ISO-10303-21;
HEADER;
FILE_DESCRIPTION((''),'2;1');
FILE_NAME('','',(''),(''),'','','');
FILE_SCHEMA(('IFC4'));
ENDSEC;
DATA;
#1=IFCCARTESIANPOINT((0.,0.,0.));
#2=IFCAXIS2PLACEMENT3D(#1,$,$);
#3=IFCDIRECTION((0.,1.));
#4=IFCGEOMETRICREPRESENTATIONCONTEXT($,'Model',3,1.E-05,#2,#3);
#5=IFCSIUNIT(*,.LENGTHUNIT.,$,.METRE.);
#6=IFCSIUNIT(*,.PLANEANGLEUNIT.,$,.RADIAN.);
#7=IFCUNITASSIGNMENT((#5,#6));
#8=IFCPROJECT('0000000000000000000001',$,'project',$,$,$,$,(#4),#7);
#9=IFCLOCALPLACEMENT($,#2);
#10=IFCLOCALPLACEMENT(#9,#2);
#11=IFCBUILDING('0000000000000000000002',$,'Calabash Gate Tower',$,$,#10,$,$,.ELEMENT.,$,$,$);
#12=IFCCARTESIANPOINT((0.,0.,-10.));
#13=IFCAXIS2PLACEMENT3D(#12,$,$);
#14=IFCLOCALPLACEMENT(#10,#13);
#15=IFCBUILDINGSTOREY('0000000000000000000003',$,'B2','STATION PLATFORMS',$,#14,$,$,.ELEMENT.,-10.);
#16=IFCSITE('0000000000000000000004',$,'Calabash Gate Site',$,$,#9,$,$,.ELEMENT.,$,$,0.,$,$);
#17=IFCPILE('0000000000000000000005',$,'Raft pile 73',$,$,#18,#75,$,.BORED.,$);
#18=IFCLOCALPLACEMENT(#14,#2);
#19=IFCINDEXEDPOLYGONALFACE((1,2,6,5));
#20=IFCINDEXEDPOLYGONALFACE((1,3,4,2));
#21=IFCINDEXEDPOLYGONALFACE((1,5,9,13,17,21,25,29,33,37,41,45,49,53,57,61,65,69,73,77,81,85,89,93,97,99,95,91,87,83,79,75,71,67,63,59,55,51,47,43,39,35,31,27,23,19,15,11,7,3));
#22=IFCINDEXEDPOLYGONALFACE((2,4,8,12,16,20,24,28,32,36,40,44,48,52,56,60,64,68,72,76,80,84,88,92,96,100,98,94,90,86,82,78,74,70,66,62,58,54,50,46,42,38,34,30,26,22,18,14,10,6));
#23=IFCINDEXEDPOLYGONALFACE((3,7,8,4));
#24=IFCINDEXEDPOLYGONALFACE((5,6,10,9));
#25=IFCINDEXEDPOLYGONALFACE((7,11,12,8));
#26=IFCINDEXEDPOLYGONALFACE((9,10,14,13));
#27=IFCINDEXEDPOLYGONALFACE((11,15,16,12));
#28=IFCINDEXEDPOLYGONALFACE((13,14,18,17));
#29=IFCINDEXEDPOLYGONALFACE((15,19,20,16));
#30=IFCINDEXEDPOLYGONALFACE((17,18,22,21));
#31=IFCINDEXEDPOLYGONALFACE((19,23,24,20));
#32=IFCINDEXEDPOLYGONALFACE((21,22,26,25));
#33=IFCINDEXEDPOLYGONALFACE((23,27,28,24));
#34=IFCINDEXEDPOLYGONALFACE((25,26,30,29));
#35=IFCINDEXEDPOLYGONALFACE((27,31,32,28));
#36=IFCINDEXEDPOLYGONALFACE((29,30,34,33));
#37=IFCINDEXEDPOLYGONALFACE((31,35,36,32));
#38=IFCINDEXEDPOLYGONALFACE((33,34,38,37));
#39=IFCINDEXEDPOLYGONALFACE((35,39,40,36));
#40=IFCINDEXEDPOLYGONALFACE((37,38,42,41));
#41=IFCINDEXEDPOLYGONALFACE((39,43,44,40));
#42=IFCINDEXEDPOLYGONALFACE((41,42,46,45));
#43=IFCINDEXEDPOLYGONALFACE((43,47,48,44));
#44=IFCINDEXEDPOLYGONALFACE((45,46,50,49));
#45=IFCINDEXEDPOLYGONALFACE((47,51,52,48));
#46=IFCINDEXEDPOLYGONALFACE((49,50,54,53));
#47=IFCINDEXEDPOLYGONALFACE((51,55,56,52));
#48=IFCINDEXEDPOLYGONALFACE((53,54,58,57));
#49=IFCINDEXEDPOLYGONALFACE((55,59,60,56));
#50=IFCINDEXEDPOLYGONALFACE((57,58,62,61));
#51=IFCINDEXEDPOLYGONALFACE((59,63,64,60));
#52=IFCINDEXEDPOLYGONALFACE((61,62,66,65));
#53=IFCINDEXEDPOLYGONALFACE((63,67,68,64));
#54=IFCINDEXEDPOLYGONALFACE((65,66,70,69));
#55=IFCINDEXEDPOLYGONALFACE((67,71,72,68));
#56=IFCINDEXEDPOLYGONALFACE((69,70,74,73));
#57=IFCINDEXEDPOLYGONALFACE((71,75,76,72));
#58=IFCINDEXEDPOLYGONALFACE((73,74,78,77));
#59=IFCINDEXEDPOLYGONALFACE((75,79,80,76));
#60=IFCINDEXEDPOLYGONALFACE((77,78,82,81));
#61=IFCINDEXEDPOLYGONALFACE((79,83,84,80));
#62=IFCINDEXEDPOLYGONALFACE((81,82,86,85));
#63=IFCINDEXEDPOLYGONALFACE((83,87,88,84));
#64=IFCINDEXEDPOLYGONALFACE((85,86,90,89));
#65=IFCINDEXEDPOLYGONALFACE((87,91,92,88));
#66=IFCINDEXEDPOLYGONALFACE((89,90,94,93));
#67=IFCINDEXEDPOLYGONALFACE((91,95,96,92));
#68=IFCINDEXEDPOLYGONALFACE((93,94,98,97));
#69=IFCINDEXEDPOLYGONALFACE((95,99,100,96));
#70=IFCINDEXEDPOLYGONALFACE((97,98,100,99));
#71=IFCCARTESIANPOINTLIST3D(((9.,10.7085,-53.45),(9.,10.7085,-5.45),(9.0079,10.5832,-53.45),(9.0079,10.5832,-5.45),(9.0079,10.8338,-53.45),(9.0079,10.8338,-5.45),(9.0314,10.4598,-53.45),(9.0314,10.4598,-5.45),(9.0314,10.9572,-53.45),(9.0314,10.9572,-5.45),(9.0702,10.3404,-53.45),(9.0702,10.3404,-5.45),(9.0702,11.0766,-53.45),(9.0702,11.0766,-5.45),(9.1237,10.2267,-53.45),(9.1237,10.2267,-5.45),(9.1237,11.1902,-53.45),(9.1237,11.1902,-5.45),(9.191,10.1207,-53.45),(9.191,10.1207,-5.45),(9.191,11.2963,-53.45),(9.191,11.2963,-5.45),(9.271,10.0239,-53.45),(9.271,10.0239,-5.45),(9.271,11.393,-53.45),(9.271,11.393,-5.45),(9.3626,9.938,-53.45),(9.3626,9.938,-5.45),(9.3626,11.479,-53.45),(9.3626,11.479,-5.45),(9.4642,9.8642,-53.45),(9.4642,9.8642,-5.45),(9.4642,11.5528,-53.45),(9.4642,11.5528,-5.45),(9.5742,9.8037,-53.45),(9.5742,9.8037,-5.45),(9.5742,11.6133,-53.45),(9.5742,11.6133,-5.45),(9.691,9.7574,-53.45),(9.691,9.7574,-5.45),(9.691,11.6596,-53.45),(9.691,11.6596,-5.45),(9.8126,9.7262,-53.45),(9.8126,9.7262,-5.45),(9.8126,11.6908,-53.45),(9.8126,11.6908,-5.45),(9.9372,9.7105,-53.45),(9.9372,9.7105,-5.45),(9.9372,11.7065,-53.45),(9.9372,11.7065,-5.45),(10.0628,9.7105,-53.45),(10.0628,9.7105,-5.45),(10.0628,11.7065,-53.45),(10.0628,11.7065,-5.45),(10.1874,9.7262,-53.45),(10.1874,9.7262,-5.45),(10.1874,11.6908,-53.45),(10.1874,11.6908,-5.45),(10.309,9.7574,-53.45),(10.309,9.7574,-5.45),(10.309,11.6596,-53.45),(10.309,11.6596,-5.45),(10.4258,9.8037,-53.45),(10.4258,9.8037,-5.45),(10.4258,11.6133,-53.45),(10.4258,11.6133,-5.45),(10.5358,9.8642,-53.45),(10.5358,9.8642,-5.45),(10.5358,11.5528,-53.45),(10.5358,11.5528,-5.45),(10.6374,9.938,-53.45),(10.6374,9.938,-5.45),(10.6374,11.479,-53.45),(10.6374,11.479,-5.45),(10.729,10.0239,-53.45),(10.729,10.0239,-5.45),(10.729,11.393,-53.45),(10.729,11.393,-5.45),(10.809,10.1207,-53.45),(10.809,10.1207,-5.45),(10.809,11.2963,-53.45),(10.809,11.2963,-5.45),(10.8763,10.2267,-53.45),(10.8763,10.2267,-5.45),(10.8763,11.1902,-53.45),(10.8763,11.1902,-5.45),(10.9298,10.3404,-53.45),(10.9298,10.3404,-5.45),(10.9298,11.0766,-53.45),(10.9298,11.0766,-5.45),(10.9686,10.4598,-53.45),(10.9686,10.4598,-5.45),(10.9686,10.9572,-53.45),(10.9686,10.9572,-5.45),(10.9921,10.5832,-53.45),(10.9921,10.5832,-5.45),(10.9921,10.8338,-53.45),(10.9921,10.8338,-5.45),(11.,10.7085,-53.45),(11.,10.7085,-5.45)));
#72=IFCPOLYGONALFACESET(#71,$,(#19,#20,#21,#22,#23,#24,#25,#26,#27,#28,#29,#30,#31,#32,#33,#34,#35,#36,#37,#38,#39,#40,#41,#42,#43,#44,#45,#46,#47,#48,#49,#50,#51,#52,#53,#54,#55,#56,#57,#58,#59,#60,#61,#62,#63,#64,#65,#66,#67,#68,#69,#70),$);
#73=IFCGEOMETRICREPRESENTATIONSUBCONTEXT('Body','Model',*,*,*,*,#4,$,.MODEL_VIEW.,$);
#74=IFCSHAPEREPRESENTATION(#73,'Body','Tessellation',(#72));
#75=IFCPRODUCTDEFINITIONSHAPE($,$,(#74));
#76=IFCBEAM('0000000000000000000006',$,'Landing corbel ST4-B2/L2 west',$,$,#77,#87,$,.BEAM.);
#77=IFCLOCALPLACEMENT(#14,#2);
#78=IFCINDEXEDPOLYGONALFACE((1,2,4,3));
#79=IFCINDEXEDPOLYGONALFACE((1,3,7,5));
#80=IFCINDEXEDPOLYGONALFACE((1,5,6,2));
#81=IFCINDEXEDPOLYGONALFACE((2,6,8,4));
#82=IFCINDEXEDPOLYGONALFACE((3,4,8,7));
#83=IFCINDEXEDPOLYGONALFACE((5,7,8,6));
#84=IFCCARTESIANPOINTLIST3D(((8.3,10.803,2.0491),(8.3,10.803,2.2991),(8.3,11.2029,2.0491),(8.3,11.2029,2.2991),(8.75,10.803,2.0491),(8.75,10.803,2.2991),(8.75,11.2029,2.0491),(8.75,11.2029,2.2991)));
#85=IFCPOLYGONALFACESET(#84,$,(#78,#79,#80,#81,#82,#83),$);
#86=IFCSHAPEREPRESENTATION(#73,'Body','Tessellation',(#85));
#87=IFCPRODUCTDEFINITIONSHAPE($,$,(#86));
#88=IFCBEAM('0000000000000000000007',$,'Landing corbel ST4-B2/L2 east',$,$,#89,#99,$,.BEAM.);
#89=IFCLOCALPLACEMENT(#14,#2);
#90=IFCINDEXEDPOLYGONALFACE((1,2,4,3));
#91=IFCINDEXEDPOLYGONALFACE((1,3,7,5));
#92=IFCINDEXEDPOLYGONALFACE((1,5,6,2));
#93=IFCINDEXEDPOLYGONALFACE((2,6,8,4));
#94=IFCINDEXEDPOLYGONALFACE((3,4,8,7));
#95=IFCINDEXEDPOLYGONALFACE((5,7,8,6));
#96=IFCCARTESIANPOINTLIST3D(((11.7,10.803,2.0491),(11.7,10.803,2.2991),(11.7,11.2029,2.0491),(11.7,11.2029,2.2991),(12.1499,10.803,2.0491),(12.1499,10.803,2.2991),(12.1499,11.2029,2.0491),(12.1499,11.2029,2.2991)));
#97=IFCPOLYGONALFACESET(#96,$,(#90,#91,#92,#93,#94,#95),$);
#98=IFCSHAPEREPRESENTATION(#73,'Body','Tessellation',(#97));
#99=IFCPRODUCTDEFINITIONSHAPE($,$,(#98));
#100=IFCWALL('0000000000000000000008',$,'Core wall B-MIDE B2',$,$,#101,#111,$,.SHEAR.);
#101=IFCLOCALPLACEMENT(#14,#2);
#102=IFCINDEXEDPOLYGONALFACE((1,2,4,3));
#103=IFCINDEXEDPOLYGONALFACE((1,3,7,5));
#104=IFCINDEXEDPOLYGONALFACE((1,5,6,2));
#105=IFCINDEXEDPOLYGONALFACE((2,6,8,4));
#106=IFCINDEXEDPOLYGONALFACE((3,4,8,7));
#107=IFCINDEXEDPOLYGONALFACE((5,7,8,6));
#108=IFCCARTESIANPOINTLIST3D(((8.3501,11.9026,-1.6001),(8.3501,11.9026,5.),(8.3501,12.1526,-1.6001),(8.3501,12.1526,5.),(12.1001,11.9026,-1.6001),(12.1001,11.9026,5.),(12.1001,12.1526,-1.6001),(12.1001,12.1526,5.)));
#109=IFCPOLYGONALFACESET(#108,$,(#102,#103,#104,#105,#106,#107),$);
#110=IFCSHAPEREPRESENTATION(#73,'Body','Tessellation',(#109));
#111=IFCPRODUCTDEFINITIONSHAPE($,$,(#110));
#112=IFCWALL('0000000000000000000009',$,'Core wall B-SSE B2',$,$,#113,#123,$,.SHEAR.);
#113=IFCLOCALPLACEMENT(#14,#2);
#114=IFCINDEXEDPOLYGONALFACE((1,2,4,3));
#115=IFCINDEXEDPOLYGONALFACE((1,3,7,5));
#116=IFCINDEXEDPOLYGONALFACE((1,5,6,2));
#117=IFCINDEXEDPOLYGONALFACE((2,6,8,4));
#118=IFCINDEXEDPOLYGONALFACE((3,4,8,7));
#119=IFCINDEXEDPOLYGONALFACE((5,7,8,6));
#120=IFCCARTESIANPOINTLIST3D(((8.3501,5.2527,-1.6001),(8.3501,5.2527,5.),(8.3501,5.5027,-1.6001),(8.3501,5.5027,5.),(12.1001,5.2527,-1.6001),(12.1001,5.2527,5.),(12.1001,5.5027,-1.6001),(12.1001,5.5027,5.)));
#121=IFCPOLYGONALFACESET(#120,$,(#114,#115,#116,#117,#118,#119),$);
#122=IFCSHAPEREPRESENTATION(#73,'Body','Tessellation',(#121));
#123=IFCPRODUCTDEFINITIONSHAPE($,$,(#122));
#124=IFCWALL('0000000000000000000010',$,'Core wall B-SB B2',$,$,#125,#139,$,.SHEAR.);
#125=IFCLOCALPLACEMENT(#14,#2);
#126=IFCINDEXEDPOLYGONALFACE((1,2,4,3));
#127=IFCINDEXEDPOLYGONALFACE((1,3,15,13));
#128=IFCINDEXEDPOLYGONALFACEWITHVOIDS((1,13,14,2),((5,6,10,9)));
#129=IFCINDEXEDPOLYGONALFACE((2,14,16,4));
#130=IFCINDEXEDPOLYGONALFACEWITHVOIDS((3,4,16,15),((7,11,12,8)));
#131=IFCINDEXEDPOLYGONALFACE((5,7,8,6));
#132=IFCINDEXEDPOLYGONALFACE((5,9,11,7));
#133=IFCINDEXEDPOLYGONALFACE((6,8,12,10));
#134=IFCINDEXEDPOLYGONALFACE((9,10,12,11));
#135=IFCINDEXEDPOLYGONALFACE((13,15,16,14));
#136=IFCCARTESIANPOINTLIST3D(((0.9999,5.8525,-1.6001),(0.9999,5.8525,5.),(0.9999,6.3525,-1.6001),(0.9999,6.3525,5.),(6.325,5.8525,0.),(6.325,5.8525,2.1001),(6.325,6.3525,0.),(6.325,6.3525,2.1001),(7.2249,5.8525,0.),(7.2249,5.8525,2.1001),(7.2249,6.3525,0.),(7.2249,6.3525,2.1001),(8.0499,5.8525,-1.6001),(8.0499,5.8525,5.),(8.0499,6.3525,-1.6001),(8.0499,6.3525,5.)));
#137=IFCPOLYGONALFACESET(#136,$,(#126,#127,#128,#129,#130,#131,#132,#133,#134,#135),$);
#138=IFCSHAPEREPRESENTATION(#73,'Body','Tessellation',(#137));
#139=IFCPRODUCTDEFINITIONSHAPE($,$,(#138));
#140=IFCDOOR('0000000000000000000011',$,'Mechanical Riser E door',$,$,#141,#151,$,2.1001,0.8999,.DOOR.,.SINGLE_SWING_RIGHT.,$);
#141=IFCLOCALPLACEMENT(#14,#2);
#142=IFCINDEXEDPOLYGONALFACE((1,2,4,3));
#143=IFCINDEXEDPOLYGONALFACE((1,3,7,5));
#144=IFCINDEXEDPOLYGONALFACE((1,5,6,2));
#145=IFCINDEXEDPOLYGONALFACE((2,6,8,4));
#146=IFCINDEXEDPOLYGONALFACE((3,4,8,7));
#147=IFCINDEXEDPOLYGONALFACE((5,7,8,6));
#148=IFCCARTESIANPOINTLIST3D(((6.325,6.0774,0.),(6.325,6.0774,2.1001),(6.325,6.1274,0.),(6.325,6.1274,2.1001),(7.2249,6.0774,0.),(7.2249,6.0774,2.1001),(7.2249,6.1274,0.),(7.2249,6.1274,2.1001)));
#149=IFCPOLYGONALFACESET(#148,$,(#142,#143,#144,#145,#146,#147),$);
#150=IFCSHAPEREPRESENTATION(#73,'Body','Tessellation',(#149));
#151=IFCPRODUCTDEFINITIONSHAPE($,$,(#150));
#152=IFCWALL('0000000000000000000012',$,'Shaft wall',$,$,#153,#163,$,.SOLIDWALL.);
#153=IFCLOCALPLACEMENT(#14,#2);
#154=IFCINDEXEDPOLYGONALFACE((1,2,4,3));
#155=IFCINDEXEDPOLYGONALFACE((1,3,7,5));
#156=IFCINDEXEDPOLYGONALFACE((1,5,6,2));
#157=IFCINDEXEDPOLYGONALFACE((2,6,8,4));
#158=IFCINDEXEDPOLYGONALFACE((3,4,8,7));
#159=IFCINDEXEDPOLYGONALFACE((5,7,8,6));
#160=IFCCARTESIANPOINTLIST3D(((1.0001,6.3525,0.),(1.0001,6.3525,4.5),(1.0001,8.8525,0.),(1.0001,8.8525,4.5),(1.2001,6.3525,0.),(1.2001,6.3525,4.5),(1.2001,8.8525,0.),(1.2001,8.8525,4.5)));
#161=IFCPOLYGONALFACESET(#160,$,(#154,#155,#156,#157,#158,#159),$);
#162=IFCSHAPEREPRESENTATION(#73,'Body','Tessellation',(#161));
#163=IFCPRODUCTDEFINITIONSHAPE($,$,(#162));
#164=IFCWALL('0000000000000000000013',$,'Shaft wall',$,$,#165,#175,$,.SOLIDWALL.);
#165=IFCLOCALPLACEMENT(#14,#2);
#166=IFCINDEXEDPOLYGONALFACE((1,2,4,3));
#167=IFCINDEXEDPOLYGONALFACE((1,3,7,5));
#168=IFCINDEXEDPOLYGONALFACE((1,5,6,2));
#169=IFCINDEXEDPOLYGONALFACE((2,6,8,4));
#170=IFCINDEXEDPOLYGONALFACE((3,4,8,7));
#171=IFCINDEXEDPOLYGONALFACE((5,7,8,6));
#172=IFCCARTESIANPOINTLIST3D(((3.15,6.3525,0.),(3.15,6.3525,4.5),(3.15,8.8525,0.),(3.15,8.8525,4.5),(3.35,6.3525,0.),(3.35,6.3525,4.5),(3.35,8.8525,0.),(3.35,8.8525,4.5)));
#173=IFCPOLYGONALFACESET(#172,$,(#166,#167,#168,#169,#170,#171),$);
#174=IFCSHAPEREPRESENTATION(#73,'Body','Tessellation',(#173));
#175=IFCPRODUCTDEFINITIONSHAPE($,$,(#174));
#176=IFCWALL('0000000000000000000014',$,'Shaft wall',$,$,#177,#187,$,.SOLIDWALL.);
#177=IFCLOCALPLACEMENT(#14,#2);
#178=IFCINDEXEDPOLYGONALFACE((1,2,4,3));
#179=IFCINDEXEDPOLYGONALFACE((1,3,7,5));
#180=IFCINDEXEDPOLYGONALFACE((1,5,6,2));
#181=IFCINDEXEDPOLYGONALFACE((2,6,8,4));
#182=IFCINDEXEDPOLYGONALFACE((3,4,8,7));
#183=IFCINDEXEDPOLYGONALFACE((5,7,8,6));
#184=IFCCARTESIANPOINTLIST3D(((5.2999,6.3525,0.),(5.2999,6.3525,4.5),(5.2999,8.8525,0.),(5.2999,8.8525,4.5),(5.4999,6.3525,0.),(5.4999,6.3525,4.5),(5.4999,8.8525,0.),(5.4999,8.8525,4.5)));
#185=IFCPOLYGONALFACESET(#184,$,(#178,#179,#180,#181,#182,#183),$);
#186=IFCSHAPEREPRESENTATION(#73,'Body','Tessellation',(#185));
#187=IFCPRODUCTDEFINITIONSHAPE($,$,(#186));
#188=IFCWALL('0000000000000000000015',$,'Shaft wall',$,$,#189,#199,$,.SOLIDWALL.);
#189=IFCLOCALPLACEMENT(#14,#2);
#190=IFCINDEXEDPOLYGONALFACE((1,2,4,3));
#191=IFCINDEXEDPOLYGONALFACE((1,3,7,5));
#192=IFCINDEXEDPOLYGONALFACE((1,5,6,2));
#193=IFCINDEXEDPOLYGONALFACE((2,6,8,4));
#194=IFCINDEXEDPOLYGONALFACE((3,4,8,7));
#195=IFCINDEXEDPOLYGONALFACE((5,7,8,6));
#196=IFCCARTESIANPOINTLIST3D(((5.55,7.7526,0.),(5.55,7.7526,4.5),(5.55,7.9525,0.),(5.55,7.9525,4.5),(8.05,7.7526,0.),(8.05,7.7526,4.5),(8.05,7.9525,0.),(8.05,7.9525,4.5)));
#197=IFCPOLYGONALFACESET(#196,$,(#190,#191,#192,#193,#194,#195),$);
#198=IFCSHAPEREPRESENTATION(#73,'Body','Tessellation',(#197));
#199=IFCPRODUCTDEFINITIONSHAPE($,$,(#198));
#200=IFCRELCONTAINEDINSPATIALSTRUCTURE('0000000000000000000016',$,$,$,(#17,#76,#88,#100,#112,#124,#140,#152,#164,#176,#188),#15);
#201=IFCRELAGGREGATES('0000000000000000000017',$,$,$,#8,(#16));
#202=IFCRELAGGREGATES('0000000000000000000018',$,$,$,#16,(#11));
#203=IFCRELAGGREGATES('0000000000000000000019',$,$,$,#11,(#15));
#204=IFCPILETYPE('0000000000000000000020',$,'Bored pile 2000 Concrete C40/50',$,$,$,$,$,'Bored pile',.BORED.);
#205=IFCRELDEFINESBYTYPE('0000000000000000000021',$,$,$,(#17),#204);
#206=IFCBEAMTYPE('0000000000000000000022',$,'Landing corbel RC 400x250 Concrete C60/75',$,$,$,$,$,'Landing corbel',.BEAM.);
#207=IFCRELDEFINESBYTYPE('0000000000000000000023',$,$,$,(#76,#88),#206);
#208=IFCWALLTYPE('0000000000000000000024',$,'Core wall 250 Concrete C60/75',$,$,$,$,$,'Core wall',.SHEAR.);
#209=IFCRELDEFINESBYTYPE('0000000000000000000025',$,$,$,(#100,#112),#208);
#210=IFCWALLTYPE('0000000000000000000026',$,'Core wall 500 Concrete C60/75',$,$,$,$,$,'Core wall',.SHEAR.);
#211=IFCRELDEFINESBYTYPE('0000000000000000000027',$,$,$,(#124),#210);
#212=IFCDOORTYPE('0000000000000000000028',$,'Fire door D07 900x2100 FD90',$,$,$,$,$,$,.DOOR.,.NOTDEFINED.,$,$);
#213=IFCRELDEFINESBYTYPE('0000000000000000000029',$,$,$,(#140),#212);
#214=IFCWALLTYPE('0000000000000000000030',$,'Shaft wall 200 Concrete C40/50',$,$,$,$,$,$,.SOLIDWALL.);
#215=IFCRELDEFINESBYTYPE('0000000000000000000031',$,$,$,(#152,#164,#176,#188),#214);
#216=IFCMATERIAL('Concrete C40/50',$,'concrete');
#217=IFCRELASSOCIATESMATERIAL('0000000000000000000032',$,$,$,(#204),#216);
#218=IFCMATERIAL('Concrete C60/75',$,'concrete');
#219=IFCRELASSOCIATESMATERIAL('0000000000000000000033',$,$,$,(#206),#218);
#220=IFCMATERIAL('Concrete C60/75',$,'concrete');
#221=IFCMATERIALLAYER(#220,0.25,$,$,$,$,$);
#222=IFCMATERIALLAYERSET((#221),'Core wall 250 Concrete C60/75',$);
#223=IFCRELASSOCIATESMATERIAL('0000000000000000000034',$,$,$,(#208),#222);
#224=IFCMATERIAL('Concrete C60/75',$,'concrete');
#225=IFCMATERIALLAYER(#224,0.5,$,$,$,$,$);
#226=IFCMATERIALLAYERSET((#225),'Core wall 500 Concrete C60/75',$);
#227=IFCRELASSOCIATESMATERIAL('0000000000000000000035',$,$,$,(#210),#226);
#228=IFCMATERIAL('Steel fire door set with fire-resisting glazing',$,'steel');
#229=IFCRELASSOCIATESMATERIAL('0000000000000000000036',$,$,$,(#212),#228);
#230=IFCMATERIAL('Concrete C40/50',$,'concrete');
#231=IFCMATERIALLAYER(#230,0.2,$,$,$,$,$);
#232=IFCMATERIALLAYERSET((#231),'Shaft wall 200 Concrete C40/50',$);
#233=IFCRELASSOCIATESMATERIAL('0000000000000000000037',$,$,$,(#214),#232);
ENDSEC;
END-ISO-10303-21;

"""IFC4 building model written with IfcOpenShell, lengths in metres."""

from ifc_helpers import new_model, si_unit, direction, frame, frame_2d, origin, origin_2d, place, context, subcontext, project, spatial, rectangle, circle, extrude, material, layer, layer_set, material_profile, profile_set, type_object, element, fill, save


model = new_model("IFC4")

# Units and contexts
model_context = context("Model", 3, precision=1e-05, world=origin(), true_north=direction((0.0, 1.0)))
body_context = subcontext(model_context, "Body", "Model", "MODEL_VIEW")
ifc_project = project(units=[si_unit("LENGTHUNIT", "METRE"), si_unit("PLANEANGLEUNIT", "RADIAN")], contexts=[model_context])

# Site, building, storey
site_placement = place(None, origin())
site = spatial("IfcSite", under=ifc_project, at=site_placement, Name="Calabash Gate Site", CompositionType="ELEMENT", RefElevation=0.0)
building_placement = place(site_placement, origin())
building = spatial("IfcBuilding", under=site, at=building_placement, Name="Calabash Gate Tower", CompositionType="ELEMENT")
storey_placement = place(building_placement, frame((0.0, 0.0, -10.0)))
storey = spatial("IfcBuildingStorey", under=building, at=storey_placement, Name="B2", Description="STATION PLATFORMS", CompositionType="ELEMENT", Elevation=-10.0)

# Pile
ifc_material_1 = material(Name="Concrete C40/50", Category="concrete")
ifc_material_profile_1 = material_profile(ifc_material_1, circle(Radius=1.0, at=origin_2d()))
ifc_profile_set_1 = profile_set([ifc_material_profile_1], Name="Concrete C40/50")
pile_type = type_object("IfcPileType", Name="Bored pile 2000 Concrete C40/50", ElementType="Bored pile", PredefinedType="BORED", material=ifc_profile_set_1)
for number, where, z_axis, x_axis, name in (
    (1, (10.0, 10.7085, -5.45), (0.0, 0.0, -1.0), (1.0, 0.0, 0.0), "Raft pile 73"),
):
    element("IfcPile", number, at=place(storey_placement, frame(where, z_axis=z_axis, x_axis=x_axis)), inside=storey, type_object=pile_type, Name=name, PredefinedType="BORED", context=body_context, shape_type="SweptSolid", body=[
        extrude(circle(Radius=1.0, at=origin_2d()), origin(), (0.0, 0.0, 1.0), 48.0),
    ])

# Beams
ifc_material_2 = material(Name="Concrete C60/75", Category="concrete")
ifc_material_profile_2 = material_profile(ifc_material_2, rectangle(XDim=0.3999, YDim=0.25, at=origin_2d()))
ifc_profile_set_2 = profile_set([ifc_material_profile_2], Name="Concrete C60/75")
beam_type = type_object("IfcBeamType", Name="Landing corbel RC 400x250 Concrete C60/75", ElementType="Landing corbel", PredefinedType="BEAM", material=ifc_profile_set_2)
for number, where, z_axis, x_axis, name in (
    (2, (8.3, 11.0029, 2.1741), (1.0, 0.0, 0.0), (0.0, 1.0, 0.0), "Landing corbel ST4-B2/L2 west"),
    (3, (12.1499, 11.0029, 2.1741), (-1.0, 0.0, 0.0), (0.0, -1.0, 0.0), "Landing corbel ST4-B2/L2 east"),
):
    element("IfcBeam", number, at=place(storey_placement, frame(where, z_axis=z_axis, x_axis=x_axis)), inside=storey, type_object=beam_type, Name=name, PredefinedType="BEAM", context=body_context, shape_type="SweptSolid", body=[
        extrude(rectangle(XDim=0.3999, YDim=0.25, at=origin_2d()), origin(), (0.0, 0.0, 1.0), 0.45),
    ])

# Walls
ifc_material_3 = material(Name="Concrete C60/75", Category="concrete")
ifc_layer_1 = layer(ifc_material_3, 0.25)
ifc_layer_set_1 = layer_set([ifc_layer_1], Name="Core wall 250 Concrete C60/75")
wall_type_1 = type_object("IfcWallType", Name="Core wall 250 Concrete C60/75", ElementType="Core wall", PredefinedType="SHEAR", material=ifc_layer_set_1)
for number, where, z_axis, x_axis, name in (
    (4, (8.3501, 12.0276, -1.6001), (0.0, 0.0, 1.0), (1.0, 0.0, 0.0), "Core wall B-MIDE B2"),
    (5, (8.3501, 5.3777, -1.6001), (0.0, 0.0, 1.0), (1.0, 0.0, 0.0), "Core wall B-SSE B2"),
):
    element("IfcWall", number, at=place(storey_placement, frame(where, z_axis=z_axis, x_axis=x_axis)), inside=storey, type_object=wall_type_1, Name=name, PredefinedType="SHEAR", context=body_context, shape_type="SweptSolid", body=[
        extrude(rectangle(XDim=3.75, YDim=0.25, at=frame_2d((1.875, 0.0))), origin(), (0.0, 0.0, 1.0), 6.6001),
    ])

# Wall, opening, door
ifc_material_4 = material(Name="Concrete C60/75", Category="concrete")
ifc_layer_2 = layer(ifc_material_4, 0.5)
ifc_layer_set_2 = layer_set([ifc_layer_2], Name="Core wall 500 Concrete C60/75")
wall_type_2 = type_object("IfcWallType", Name="Core wall 500 Concrete C60/75", ElementType="Core wall", PredefinedType="SHEAR", material=ifc_layer_set_2)
wall_1_placement = place(storey_placement, frame((1.0, 6.1025, -1.6001), z_axis=(0.0, 0.0, 1.0), x_axis=(1.0, 0.0, 0.0)))
wall_1 = element("IfcWall", 6, at=wall_1_placement, inside=storey, type_object=wall_type_2, Name="Core wall B-SB B2", PredefinedType="SHEAR", context=body_context, shape_type="SweptSolid", body=[
    extrude(rectangle(XDim=7.05, YDim=0.5, at=frame_2d((3.5249, 0.0))), origin(), (0.0, 0.0, 1.0), 6.6001),
])
opening_1_placement = place(wall_1_placement, frame((5.325, 0.0, 1.6001)))
opening_1 = element("IfcOpeningElement", 7, at=opening_1_placement, cuts=wall_1, PredefinedType="OPENING", context=body_context, shape_type="SweptSolid", body=[
    extrude(rectangle(XDim=0.8999, YDim=2.1001, at=frame_2d((0.45, 1.05))), frame((0.0, 0.26, 0.0), z_axis=(0.0, -1.0, 0.0), x_axis=(1.0, 0.0, 0.0)), (0.0, 0.0, 1.0), 0.52),
])
ifc_material_5 = material(Name="Steel fire door set with fire-resisting glazing", Category="steel")
door_type_1 = type_object("IfcDoorType", Name="Fire door D07 900x2100 FD90", OperationType="NOTDEFINED", PredefinedType="DOOR", material=ifc_material_5)
door_1_placement = place(opening_1_placement, origin())
door_1 = element("IfcDoor", 8, at=door_1_placement, inside=storey, type_object=door_type_1, Name="Mechanical Riser E door", OperationType="SINGLE_SWING_RIGHT", OverallHeight=2.1001, OverallWidth=0.8999, PredefinedType="DOOR", context=body_context, shape_type="SweptSolid", body=[
    extrude(rectangle(XDim=0.8999, YDim=2.1001, at=frame_2d((0.45, 1.05))), frame((0.0, 0.0249, 0.0), z_axis=(0.0, -1.0, 0.0), x_axis=(1.0, 0.0, 0.0)), (0.0, 0.0, 1.0), 0.05),
])
fill(opening_1, door_1)

# Walls
ifc_material_6 = material(Name="Concrete C40/50", Category="concrete")
ifc_layer_3 = layer(ifc_material_6, 0.2)
ifc_layer_set_3 = layer_set([ifc_layer_3], Name="Shaft wall 200 Concrete C40/50")
wall_type_3 = type_object("IfcWallType", Name="Shaft wall 200 Concrete C40/50", PredefinedType="SOLIDWALL", material=ifc_layer_set_3)
for number, where, z_axis, x_axis, name in (
    (9, (1.1001, 6.3525, 0.0), (0.0, 0.0, 1.0), (0.0, 1.0, 0.0), "Shaft wall"),
    (10, (3.25, 6.3525, 0.0), (0.0, 0.0, 1.0), (0.0, 1.0, 0.0), "Shaft wall"),
    (11, (5.3999, 6.3525, 0.0), (0.0, 0.0, 1.0), (0.0, 1.0, 0.0), "Shaft wall"),
    (12, (5.55, 7.8525, 0.0), (0.0, 0.0, 1.0), (1.0, 0.0, 0.0), "Shaft wall"),
):
    element("IfcWall", number, at=place(storey_placement, frame(where, z_axis=z_axis, x_axis=x_axis)), inside=storey, type_object=wall_type_3, Name=name, PredefinedType="SOLIDWALL", context=body_context, shape_type="SweptSolid", body=[
        extrude(rectangle(XDim=2.5, YDim=0.2, at=frame_2d((1.25, 0.0))), origin(), (0.0, 0.0, 1.0), 4.5),
    ])

save(model, "model.ifc")
